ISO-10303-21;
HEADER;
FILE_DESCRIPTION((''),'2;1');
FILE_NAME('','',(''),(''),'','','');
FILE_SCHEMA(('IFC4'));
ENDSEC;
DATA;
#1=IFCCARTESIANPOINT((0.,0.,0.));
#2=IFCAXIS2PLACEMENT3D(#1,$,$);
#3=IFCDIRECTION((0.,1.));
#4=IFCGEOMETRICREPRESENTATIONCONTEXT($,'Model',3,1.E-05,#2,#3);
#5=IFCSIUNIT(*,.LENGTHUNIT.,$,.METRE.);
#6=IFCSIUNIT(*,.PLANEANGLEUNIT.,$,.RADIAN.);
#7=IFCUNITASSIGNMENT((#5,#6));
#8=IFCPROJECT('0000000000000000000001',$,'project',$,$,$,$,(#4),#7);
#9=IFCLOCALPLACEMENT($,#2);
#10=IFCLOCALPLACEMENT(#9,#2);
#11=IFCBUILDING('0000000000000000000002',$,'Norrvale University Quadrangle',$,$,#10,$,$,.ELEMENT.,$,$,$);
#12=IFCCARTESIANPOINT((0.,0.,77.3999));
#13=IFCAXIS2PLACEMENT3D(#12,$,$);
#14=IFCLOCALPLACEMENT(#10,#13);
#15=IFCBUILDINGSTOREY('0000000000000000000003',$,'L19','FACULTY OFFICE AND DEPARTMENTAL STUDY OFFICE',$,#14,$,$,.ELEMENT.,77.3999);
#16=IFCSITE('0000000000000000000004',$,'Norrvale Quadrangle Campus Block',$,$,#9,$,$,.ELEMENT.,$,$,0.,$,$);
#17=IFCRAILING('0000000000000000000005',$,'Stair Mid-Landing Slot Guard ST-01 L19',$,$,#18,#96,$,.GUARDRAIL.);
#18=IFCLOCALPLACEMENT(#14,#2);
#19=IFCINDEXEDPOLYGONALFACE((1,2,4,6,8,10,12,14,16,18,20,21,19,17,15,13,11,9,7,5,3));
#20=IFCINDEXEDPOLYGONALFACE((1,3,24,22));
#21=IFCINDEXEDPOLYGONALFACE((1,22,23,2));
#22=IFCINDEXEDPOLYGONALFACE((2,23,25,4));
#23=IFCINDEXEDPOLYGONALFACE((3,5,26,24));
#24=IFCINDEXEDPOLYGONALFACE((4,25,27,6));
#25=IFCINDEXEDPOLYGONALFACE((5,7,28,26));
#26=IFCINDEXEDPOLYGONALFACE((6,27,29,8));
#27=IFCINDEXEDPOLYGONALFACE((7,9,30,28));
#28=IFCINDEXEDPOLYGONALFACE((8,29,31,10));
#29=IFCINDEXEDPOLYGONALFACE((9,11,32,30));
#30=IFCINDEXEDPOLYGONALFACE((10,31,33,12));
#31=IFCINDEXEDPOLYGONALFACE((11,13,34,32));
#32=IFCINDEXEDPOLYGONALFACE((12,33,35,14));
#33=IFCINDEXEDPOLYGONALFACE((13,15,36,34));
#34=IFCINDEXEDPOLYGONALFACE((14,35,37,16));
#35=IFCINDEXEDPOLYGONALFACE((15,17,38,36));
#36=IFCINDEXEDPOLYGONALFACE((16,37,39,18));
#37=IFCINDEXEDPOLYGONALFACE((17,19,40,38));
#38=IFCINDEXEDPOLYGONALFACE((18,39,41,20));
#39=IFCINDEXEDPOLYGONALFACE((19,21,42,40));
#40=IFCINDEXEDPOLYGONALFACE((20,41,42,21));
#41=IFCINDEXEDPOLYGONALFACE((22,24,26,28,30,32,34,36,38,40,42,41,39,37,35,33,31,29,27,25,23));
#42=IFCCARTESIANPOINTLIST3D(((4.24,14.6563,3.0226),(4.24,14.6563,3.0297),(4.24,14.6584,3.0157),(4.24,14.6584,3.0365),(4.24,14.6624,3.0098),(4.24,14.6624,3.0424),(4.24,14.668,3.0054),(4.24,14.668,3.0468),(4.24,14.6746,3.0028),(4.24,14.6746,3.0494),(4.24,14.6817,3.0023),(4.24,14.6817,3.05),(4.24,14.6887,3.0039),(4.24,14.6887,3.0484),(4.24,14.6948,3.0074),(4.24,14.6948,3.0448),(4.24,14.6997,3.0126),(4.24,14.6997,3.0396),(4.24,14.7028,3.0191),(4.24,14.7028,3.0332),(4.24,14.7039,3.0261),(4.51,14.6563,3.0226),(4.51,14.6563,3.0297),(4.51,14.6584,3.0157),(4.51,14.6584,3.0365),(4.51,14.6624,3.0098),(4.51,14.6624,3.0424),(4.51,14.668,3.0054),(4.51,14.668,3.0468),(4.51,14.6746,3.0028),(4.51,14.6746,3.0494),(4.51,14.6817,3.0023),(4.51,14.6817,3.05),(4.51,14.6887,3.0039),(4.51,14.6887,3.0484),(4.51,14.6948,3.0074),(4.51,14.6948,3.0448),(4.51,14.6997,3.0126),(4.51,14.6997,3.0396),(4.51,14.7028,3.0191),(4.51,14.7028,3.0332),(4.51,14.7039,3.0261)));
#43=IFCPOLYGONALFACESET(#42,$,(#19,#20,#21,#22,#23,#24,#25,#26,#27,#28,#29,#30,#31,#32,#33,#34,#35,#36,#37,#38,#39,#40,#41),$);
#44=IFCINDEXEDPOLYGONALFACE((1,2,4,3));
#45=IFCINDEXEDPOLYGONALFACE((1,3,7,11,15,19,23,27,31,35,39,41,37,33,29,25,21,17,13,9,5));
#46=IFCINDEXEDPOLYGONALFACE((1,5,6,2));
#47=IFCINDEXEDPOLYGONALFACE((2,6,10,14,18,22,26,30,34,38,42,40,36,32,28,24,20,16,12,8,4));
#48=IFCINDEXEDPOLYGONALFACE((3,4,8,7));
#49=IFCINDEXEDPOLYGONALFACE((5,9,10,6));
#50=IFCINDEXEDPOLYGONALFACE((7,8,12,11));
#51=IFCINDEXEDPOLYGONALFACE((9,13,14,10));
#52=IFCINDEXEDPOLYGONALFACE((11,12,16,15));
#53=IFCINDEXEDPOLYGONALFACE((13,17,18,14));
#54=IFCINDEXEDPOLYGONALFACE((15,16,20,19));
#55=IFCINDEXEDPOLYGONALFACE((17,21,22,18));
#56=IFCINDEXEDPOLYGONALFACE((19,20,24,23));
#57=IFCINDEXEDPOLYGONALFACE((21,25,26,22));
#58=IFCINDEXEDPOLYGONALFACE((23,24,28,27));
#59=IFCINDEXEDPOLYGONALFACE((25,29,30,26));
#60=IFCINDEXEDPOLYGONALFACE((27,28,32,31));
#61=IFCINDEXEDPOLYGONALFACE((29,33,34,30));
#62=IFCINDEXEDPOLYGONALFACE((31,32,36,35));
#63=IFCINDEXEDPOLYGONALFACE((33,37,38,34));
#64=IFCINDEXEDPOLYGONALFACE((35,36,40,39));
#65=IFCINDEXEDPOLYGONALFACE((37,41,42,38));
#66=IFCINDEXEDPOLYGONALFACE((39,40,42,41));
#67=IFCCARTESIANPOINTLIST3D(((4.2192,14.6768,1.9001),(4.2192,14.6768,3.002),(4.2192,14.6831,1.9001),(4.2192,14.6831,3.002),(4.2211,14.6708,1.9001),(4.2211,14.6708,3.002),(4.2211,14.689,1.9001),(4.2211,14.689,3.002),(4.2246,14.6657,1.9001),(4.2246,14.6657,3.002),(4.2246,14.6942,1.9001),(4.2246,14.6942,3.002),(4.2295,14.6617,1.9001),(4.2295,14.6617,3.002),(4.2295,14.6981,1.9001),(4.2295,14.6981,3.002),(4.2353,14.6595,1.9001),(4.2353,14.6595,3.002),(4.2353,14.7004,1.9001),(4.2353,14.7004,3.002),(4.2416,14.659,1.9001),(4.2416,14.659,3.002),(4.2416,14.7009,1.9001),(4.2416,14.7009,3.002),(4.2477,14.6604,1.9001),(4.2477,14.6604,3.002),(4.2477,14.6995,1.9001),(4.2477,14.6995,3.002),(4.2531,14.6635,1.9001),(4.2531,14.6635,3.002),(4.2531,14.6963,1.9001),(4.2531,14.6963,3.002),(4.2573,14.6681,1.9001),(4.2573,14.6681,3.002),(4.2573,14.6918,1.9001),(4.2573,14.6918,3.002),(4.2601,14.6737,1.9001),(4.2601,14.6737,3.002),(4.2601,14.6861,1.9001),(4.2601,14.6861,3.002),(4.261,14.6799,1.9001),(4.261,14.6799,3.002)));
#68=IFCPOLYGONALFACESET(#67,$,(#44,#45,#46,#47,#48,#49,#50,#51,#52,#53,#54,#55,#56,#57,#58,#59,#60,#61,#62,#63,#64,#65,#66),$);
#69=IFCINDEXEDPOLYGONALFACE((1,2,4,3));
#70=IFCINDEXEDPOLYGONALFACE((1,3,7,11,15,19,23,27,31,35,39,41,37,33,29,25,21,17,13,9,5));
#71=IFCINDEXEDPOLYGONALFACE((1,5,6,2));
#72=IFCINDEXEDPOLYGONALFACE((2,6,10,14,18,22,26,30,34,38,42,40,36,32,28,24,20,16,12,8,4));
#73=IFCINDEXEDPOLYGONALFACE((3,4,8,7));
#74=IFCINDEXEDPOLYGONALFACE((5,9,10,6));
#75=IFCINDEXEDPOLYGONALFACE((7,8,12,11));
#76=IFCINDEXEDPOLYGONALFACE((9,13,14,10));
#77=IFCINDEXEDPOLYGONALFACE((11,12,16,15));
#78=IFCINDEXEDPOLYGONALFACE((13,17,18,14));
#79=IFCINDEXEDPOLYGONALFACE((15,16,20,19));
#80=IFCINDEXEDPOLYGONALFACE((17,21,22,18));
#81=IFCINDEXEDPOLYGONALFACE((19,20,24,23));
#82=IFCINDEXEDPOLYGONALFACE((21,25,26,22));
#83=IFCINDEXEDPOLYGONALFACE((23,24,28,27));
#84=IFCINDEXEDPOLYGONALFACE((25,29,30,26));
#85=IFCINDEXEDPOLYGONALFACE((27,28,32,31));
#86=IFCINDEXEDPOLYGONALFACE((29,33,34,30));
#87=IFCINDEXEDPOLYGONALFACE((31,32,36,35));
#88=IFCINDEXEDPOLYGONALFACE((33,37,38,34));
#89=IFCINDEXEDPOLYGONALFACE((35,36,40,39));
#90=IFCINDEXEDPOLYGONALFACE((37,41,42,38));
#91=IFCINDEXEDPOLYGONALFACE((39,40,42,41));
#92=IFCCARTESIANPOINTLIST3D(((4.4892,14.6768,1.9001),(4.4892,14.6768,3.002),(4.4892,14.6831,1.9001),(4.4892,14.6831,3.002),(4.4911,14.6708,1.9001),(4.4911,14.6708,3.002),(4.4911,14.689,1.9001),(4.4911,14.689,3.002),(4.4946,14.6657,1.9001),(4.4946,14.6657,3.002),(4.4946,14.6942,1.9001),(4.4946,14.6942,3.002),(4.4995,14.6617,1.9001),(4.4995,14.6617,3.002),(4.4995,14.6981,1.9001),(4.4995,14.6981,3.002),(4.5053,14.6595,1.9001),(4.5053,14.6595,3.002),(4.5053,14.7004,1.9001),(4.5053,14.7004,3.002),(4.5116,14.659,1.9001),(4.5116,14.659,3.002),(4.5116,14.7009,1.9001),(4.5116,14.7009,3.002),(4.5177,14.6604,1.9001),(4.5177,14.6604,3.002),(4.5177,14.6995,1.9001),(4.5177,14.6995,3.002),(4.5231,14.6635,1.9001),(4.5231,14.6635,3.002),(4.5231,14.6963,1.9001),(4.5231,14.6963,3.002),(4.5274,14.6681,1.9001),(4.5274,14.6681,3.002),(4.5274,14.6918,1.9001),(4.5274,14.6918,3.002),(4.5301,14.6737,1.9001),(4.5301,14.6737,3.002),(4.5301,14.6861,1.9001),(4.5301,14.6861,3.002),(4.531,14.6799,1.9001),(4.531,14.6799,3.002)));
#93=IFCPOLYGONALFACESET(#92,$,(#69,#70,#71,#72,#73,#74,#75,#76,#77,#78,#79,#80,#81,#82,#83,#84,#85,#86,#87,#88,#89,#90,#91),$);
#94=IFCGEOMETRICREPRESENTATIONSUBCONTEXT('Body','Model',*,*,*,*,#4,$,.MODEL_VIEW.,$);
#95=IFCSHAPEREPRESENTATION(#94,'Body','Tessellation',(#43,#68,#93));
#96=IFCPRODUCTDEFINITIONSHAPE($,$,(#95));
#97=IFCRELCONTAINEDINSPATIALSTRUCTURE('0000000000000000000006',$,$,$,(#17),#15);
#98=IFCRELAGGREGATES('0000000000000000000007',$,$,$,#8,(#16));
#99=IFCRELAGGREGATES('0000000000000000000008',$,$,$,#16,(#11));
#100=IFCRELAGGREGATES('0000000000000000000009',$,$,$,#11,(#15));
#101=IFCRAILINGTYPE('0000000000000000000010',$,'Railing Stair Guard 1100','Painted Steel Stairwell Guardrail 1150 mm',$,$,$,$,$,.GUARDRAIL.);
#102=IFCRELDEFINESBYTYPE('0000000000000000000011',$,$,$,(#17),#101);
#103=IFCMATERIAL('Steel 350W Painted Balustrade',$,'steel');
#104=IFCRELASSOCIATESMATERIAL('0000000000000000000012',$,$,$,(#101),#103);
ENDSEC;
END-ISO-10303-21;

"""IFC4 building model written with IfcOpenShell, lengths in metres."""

from ifc_helpers import new_model, si_unit, direction, frame, origin, origin_2d, place, context, subcontext, project, spatial, circle, extrude, material, type_object, element, save


model = new_model("IFC4")

# Units and contexts
model_context = context("Model", 3, precision=1e-05, world=origin(), true_north=direction((0.0, 1.0)))
body_context = subcontext(model_context, "Body", "Model", "MODEL_VIEW")
ifc_project = project(units=[si_unit("LENGTHUNIT", "METRE"), si_unit("PLANEANGLEUNIT", "RADIAN")], contexts=[model_context])

# Site, building, storey
site_placement = place(None, origin())
site = spatial("IfcSite", under=ifc_project, at=site_placement, Name="Norrvale Quadrangle Campus Block", CompositionType="ELEMENT", RefElevation=0.0)
building_placement = place(site_placement, origin())
building = spatial("IfcBuilding", under=site, at=building_placement, Name="Norrvale University Quadrangle", CompositionType="ELEMENT")
storey_placement = place(building_placement, frame((0.0, 0.0, 77.3999)))
storey = spatial("IfcBuildingStorey", under=building, at=storey_placement, Name="L19", Description="FACULTY OFFICE AND DEPARTMENTAL STUDY OFFICE", CompositionType="ELEMENT", Elevation=77.3999)

# Railing
ifc_material_1 = material(Name="Steel 350W Painted Balustrade", Category="steel")
railing_type_1 = type_object("IfcRailingType", Name="Railing Stair Guard 1100", Description="Painted Steel Stairwell Guardrail 1150 mm", PredefinedType="GUARDRAIL", material=ifc_material_1)
railing_1_placement = place(storey_placement, frame((4.24, 14.6799, 1.9001)))
element("IfcRailing", 1, at=railing_1_placement, inside=storey, type_object=railing_type_1, Name="Stair Mid-Landing Slot Guard ST-01 L19", PredefinedType="GUARDRAIL", context=body_context, shape_type="SweptSolid", body=[
    extrude(circle(Radius=0.0239, at=origin_2d()), frame((0.0, 0.0, 1.126), z_axis=(1.0, 0.0, 0.0), x_axis=(0.0, 1.0, 0.0)), (0.0, 0.0, 1.0), 0.27),
    extrude(circle(Radius=0.021, at=origin_2d()), origin(), (0.0, 0.0, 1.0), 1.1018),
    extrude(circle(Radius=0.021, at=origin_2d()), frame((0.27, 0.0, 0.0)), (0.0, 0.0, 1.0), 1.1018),
])

save(model, "model.ifc")
